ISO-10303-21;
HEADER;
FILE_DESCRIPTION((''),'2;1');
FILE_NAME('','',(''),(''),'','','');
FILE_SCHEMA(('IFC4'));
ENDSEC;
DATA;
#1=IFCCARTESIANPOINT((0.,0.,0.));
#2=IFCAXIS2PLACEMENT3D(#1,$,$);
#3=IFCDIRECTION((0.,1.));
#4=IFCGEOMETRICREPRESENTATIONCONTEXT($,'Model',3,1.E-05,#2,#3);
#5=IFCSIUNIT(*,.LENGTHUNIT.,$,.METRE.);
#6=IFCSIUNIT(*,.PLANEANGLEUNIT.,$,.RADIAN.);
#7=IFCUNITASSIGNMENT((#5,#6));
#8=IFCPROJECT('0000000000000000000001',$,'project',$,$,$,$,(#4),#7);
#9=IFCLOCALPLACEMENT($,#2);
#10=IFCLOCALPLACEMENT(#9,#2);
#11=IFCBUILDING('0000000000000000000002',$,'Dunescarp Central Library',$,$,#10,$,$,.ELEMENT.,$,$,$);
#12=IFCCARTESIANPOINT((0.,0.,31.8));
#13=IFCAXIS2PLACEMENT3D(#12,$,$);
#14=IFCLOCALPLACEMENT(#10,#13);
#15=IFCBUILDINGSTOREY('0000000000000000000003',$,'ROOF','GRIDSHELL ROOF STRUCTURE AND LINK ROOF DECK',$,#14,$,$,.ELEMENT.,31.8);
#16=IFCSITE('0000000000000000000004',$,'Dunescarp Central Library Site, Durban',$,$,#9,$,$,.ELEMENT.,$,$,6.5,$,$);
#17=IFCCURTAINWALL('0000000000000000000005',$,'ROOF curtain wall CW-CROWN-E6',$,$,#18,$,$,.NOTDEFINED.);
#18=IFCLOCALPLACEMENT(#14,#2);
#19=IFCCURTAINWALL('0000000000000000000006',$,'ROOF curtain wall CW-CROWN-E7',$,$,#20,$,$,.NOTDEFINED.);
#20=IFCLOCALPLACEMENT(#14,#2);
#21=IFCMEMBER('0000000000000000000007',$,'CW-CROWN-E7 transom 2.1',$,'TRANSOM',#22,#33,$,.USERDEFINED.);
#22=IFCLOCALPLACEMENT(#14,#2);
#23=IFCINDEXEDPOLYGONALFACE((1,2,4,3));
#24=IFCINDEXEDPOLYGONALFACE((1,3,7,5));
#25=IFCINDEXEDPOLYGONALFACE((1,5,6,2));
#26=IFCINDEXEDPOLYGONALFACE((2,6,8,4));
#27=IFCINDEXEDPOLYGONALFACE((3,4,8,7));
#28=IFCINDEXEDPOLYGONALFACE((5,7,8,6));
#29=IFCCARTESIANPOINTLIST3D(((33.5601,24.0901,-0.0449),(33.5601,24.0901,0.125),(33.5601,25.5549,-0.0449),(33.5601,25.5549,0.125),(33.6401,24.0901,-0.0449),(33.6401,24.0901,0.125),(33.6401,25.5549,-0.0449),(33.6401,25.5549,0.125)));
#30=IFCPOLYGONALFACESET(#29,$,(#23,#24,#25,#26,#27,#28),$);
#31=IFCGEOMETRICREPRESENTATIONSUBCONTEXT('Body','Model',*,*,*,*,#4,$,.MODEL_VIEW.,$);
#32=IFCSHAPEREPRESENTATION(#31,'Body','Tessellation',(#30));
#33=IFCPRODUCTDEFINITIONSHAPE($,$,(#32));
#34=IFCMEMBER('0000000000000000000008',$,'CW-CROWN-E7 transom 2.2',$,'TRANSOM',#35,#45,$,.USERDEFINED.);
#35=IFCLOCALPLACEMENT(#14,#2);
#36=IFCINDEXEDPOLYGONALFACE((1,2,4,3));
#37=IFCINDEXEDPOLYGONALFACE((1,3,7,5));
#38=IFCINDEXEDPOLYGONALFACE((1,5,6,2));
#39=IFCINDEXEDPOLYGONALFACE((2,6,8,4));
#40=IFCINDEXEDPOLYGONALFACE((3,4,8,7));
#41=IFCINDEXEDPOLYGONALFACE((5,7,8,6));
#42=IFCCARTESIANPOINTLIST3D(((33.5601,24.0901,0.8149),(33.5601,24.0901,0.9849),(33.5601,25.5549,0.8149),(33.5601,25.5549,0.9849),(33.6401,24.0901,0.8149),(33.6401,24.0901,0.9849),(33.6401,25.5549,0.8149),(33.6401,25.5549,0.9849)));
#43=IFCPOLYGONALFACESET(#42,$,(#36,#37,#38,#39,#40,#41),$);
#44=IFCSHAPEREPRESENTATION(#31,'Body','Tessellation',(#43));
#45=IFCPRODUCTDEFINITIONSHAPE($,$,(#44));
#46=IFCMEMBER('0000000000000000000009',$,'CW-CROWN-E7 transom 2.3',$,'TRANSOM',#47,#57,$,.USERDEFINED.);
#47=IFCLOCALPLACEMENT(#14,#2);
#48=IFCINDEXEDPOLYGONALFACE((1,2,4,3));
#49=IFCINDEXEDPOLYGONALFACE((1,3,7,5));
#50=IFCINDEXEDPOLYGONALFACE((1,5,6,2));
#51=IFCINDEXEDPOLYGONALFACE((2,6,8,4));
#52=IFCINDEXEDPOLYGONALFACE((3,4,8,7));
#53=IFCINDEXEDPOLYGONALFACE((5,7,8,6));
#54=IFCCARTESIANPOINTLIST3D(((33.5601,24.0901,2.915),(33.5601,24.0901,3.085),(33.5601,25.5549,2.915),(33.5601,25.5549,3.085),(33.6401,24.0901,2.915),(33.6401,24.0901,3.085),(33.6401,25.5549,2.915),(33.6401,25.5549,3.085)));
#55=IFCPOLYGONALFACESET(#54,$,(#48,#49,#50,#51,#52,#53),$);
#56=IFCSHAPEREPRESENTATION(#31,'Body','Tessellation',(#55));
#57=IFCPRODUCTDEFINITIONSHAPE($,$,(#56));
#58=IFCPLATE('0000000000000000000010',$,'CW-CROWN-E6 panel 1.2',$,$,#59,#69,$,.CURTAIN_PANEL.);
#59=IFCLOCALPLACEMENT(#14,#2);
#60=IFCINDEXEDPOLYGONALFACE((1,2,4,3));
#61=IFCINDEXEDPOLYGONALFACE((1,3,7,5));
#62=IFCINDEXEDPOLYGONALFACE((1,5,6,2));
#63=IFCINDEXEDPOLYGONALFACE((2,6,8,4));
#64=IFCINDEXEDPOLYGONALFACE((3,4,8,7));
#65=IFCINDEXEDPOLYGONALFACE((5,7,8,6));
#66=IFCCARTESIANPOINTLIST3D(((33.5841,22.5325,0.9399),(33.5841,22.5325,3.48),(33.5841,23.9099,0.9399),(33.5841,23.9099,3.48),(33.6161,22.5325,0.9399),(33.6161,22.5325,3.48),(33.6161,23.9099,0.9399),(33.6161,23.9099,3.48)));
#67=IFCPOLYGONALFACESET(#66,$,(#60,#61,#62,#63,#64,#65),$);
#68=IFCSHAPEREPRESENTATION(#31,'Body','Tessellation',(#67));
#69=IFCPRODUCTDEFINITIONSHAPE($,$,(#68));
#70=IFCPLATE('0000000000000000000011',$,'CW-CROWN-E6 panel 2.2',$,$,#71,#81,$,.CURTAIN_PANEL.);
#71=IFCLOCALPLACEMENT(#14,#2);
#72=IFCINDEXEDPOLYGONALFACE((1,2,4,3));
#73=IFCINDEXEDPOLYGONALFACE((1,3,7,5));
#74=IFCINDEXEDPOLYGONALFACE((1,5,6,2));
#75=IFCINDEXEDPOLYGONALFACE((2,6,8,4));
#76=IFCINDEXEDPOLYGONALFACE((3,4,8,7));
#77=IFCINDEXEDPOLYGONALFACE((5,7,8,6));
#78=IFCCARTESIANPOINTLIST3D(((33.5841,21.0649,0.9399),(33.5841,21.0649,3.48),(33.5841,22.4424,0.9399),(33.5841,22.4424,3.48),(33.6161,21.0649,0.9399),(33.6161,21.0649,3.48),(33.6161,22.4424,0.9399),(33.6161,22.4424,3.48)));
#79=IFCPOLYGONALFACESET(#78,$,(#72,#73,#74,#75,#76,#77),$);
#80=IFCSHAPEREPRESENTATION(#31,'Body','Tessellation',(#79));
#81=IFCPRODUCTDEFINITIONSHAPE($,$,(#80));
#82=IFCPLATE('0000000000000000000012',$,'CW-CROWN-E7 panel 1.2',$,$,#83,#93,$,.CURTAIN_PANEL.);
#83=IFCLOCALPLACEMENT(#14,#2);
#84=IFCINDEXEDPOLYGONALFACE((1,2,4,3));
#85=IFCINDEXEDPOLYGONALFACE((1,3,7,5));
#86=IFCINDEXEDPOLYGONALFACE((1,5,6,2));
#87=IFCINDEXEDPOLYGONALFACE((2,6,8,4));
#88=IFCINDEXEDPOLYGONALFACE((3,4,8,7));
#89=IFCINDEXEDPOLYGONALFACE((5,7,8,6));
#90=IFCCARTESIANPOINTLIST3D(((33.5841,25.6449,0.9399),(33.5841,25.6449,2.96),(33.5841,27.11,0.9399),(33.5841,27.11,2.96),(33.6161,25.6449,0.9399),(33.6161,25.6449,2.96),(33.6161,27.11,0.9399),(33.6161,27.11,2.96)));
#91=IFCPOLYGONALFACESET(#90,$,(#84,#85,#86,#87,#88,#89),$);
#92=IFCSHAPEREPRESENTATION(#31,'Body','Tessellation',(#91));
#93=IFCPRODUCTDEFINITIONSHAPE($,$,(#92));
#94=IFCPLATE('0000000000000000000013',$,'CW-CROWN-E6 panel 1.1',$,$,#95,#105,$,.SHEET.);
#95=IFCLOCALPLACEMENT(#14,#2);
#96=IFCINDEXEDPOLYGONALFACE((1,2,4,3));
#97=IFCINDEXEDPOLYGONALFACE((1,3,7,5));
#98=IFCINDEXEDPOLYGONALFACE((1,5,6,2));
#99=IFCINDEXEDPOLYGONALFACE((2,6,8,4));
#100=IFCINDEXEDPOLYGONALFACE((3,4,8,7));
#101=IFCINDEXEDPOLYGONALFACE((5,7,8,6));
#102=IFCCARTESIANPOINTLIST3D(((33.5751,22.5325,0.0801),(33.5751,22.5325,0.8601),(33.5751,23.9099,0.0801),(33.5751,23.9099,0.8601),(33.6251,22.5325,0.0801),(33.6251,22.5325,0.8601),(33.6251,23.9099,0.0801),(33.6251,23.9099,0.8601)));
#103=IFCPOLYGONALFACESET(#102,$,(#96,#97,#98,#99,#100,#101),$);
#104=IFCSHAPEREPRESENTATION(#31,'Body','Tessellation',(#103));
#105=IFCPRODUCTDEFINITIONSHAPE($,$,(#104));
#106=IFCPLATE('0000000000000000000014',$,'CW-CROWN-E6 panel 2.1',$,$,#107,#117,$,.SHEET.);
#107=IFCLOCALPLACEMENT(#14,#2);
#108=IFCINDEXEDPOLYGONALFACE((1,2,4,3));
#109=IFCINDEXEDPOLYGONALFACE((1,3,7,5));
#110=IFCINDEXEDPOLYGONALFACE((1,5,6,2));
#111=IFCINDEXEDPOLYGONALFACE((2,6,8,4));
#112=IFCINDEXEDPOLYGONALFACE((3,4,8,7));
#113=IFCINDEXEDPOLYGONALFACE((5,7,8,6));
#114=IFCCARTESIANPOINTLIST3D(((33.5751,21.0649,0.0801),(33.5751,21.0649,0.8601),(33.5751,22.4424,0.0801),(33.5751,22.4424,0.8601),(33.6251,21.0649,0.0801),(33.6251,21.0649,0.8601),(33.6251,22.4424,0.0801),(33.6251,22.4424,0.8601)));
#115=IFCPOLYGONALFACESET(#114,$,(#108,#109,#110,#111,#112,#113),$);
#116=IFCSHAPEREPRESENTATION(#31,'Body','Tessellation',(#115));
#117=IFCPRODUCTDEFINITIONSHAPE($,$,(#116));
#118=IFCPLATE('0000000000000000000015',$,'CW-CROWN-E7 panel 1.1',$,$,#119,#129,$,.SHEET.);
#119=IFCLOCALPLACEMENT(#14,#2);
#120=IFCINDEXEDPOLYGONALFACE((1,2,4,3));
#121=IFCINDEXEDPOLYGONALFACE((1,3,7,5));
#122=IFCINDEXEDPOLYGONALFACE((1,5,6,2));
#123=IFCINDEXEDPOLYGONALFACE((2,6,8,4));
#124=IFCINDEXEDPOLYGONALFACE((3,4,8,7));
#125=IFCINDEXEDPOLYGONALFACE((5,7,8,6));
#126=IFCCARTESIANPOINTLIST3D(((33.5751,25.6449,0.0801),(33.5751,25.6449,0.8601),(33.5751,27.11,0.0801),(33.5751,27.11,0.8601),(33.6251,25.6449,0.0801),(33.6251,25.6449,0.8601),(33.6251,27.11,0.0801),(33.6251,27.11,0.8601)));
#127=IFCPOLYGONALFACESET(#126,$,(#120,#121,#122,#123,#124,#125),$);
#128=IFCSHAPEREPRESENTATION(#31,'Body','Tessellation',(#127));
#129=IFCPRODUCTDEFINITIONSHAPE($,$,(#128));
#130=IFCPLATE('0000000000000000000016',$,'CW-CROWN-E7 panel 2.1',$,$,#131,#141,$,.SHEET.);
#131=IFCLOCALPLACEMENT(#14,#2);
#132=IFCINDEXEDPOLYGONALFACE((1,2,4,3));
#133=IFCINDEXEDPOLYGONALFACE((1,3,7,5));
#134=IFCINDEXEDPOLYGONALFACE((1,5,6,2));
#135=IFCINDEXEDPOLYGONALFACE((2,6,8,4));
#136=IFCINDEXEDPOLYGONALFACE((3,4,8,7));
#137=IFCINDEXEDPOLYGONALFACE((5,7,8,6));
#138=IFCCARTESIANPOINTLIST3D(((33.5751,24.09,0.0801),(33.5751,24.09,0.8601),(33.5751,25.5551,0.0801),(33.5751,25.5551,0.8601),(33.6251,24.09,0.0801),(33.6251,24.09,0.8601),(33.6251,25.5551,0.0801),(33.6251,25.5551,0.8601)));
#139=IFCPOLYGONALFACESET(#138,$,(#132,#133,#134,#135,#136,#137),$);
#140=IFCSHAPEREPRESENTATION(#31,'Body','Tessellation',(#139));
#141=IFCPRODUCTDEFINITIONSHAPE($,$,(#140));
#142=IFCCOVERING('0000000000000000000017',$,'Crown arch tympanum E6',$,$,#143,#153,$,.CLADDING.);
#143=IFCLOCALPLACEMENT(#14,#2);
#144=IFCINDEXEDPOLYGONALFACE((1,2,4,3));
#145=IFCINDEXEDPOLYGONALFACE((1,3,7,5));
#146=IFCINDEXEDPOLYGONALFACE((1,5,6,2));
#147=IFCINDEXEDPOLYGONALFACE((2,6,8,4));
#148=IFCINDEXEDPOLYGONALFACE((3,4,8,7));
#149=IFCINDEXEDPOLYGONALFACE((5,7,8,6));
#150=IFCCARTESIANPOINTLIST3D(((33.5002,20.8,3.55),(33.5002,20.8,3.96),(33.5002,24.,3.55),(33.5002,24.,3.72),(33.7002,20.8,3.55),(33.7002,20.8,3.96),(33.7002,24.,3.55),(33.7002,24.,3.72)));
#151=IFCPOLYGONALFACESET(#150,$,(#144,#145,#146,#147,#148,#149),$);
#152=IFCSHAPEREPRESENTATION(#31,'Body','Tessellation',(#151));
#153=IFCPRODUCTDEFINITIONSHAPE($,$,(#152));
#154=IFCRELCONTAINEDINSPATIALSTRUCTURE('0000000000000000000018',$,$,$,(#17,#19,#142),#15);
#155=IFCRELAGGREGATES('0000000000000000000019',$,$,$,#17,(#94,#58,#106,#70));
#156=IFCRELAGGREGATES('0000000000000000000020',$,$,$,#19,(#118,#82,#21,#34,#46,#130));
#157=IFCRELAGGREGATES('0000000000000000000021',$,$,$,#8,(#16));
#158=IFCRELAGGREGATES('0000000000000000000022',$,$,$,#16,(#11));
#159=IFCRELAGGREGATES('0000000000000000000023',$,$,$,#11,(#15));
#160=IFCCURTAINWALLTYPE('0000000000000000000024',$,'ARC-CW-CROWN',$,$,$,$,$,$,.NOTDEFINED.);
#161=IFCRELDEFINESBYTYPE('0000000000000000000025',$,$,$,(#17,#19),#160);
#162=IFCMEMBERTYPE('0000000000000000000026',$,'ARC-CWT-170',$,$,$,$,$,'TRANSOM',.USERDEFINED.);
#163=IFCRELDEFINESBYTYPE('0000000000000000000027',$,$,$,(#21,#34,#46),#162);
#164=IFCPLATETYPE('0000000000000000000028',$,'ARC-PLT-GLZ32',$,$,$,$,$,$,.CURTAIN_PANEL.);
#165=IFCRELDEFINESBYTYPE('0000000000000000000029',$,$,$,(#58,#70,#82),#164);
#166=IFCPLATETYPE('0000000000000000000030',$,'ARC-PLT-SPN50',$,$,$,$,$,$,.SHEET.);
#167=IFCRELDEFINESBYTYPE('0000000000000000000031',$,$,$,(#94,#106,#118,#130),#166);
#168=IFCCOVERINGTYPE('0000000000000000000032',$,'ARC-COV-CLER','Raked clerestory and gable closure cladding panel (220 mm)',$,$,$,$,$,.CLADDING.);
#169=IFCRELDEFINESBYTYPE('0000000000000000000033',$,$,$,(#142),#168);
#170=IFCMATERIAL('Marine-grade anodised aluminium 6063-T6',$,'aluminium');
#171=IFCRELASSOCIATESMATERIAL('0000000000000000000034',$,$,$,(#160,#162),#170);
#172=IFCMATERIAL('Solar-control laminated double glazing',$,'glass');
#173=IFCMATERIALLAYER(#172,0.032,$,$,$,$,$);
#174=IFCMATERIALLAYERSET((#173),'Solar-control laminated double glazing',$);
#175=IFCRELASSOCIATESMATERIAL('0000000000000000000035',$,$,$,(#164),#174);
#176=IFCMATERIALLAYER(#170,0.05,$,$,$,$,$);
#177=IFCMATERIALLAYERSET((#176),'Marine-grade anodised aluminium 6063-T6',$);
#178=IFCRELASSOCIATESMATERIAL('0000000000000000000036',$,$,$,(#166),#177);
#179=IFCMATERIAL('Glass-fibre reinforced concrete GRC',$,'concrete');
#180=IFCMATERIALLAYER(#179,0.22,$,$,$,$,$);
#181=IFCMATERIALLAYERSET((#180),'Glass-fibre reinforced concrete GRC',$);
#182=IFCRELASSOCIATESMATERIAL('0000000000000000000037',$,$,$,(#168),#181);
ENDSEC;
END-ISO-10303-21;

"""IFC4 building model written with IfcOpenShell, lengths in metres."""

from ifc_helpers import new_model, si_unit, direction, frame, origin, origin_2d, place, context, subcontext, project, spatial, polyline, rectangle, outline, extrude, material, layer, layer_set, material_profile, profile_set, type_object, element, aggregate, save


model = new_model("IFC4")

# Units and contexts
model_context = context("Model", 3, precision=1e-05, world=origin(), true_north=direction((0.0, 1.0)))
body_context = subcontext(model_context, "Body", "Model", "MODEL_VIEW")
ifc_project = project(units=[si_unit("LENGTHUNIT", "METRE"), si_unit("PLANEANGLEUNIT", "RADIAN")], contexts=[model_context])

# Site, building, storey
site_placement = place(None, origin())
site = spatial("IfcSite", under=ifc_project, at=site_placement, Name="Dunescarp Central Library Site, Durban", CompositionType="ELEMENT", RefElevation=6.5)
building_placement = place(site_placement, origin())
building = spatial("IfcBuilding", under=site, at=building_placement, Name="Dunescarp Central Library", CompositionType="ELEMENT")
storey_placement = place(building_placement, frame((0.0, 0.0, 31.8)))
storey = spatial("IfcBuildingStorey", under=building, at=storey_placement, Name="ROOF", Description="GRIDSHELL ROOF STRUCTURE AND LINK ROOF DECK", CompositionType="ELEMENT", Elevation=31.8)

# Curtain walls
ifc_material_1 = material(Name="Marine-grade anodised aluminium 6063-T6", Category="aluminium")
curtain_wall_type = type_object("IfcCurtainWallType", Name="ARC-CW-CROWN", PredefinedType="NOTDEFINED", material=ifc_material_1)
curtain_wall_1_placement = place(storey_placement, origin())
curtain_wall_1 = element("IfcCurtainWall", 1, at=curtain_wall_1_placement, inside=storey, type_object=curtain_wall_type, Name="ROOF curtain wall CW-CROWN-E6", PredefinedType="NOTDEFINED")
curtain_wall_2_placement = place(storey_placement, origin())
curtain_wall_2 = element("IfcCurtainWall", 2, at=curtain_wall_2_placement, inside=storey, type_object=curtain_wall_type, Name="ROOF curtain wall CW-CROWN-E7", PredefinedType="NOTDEFINED")

# Members
ifc_material_profile_1 = material_profile(ifc_material_1, rectangle(XDim=0.0801, YDim=0.1699, at=origin_2d()), Name="AL 80x170")
ifc_profile_set_1 = profile_set([ifc_material_profile_1], Name="Marine-grade anodised aluminium 6063-T6")
member_type_1 = type_object("IfcMemberType", Name="ARC-CWT-170", ElementType="TRANSOM", PredefinedType="USERDEFINED", material=ifc_profile_set_1)
member_1_placement = place(storey_placement, frame((33.6001, 25.5549, 0.04), z_axis=(0.0, -1.0, 0.0), x_axis=(1.0, 0.0, 0.0)))
member_1 = element("IfcMember", 3, at=member_1_placement, type_object=member_type_1, Name="CW-CROWN-E7 transom 2.1", ObjectType="TRANSOM", PredefinedType="USERDEFINED", context=body_context, shape_type="SweptSolid", body=[
    extrude(rectangle(XDim=0.0801, YDim=0.1699, at=origin_2d()), origin(), (0.0, 0.0, 1.0), 1.4648),
])
member_2_placement = place(storey_placement, frame((33.6001, 25.5549, 0.8999), z_axis=(0.0, -1.0, 0.0), x_axis=(1.0, 0.0, 0.0)))
member_2 = element("IfcMember", 4, at=member_2_placement, type_object=member_type_1, Name="CW-CROWN-E7 transom 2.2", ObjectType="TRANSOM", PredefinedType="USERDEFINED", context=body_context, shape_type="SweptSolid", body=[
    extrude(rectangle(XDim=0.0801, YDim=0.1699, at=origin_2d()), origin(), (0.0, 0.0, 1.0), 1.4648),
])
member_3_placement = place(storey_placement, frame((33.6001, 25.5549, 3.0), z_axis=(0.0, -1.0, 0.0), x_axis=(1.0, 0.0, 0.0)))
member_3 = element("IfcMember", 5, at=member_3_placement, type_object=member_type_1, Name="CW-CROWN-E7 transom 2.3", ObjectType="TRANSOM", PredefinedType="USERDEFINED", context=body_context, shape_type="SweptSolid", body=[
    extrude(rectangle(XDim=0.0801, YDim=0.1699, at=origin_2d()), origin(), (0.0, 0.0, 1.0), 1.4648),
])

# Plates
ifc_material_2 = material(Name="Solar-control laminated double glazing", Category="glass")
ifc_layer_1 = layer(ifc_material_2, 0.032)
ifc_layer_set_1 = layer_set([ifc_layer_1], Name="Solar-control laminated double glazing")
plate_type_1 = type_object("IfcPlateType", Name="ARC-PLT-GLZ32", PredefinedType="CURTAIN_PANEL", material=ifc_layer_set_1)
plate_1_placement = place(storey_placement, frame((33.6001, 23.2212, 0.9399), z_axis=(0.0, 0.0, 1.0), x_axis=(0.0, -1.0, 0.0)))
plate_1 = element("IfcPlate", 6, at=plate_1_placement, type_object=plate_type_1, Name="CW-CROWN-E6 panel 1.2", PredefinedType="CURTAIN_PANEL", context=body_context, shape_type="SweptSolid", body=[
    extrude(rectangle(XDim=1.3774, YDim=0.032, at=origin_2d()), origin(), (0.0, 0.0, 1.0), 2.54),
])
plate_2_placement = place(storey_placement, frame((33.6001, 21.7537, 0.9399), z_axis=(0.0, 0.0, 1.0), x_axis=(0.0, -1.0, 0.0)))
plate_2 = element("IfcPlate", 7, at=plate_2_placement, type_object=plate_type_1, Name="CW-CROWN-E6 panel 2.2", PredefinedType="CURTAIN_PANEL", context=body_context, shape_type="SweptSolid", body=[
    extrude(rectangle(XDim=1.3774, YDim=0.032, at=origin_2d()), origin(), (0.0, 0.0, 1.0), 2.54),
])
plate_3_placement = place(storey_placement, frame((33.6001, 26.3774, 0.9399), z_axis=(0.0, 0.0, 1.0), x_axis=(0.0, -1.0, 0.0)))
plate_3 = element("IfcPlate", 8, at=plate_3_placement, type_object=plate_type_1, Name="CW-CROWN-E7 panel 1.2", PredefinedType="CURTAIN_PANEL", context=body_context, shape_type="SweptSolid", body=[
    extrude(rectangle(XDim=1.4651, YDim=0.032, at=origin_2d()), origin(), (0.0, 0.0, 1.0), 2.02),
])
ifc_layer_2 = layer(ifc_material_1, 0.05)
ifc_layer_set_2 = layer_set([ifc_layer_2], Name="Marine-grade anodised aluminium 6063-T6")
plate_type_2 = type_object("IfcPlateType", Name="ARC-PLT-SPN50", PredefinedType="SHEET", material=ifc_layer_set_2)
plate_4_placement = place(storey_placement, frame((33.6001, 23.2212, 0.0801), z_axis=(0.0, 0.0, 1.0), x_axis=(0.0, -1.0, 0.0)))
plate_4 = element("IfcPlate", 9, at=plate_4_placement, type_object=plate_type_2, Name="CW-CROWN-E6 panel 1.1", PredefinedType="SHEET", context=body_context, shape_type="SweptSolid", body=[
    extrude(rectangle(XDim=1.3774, YDim=0.05, at=origin_2d()), origin(), (0.0, 0.0, 1.0), 0.78),
])
plate_5_placement = place(storey_placement, frame((33.6001, 21.7537, 0.0801), z_axis=(0.0, 0.0, 1.0), x_axis=(0.0, -1.0, 0.0)))
plate_5 = element("IfcPlate", 10, at=plate_5_placement, type_object=plate_type_2, Name="CW-CROWN-E6 panel 2.1", PredefinedType="SHEET", context=body_context, shape_type="SweptSolid", body=[
    extrude(rectangle(XDim=1.3774, YDim=0.05, at=origin_2d()), origin(), (0.0, 0.0, 1.0), 0.78),
])
aggregate(curtain_wall_1, [plate_4, plate_1, plate_5, plate_2])
plate_6_placement = place(storey_placement, frame((33.6001, 26.3774, 0.0801), z_axis=(0.0, 0.0, 1.0), x_axis=(0.0, -1.0, 0.0)))
plate_6 = element("IfcPlate", 11, at=plate_6_placement, type_object=plate_type_2, Name="CW-CROWN-E7 panel 1.1", PredefinedType="SHEET", context=body_context, shape_type="SweptSolid", body=[
    extrude(rectangle(XDim=1.4651, YDim=0.05, at=origin_2d()), origin(), (0.0, 0.0, 1.0), 0.78),
])
plate_7_placement = place(storey_placement, frame((33.6001, 24.8225, 0.0801), z_axis=(0.0, 0.0, 1.0), x_axis=(0.0, -1.0, 0.0)))
plate_7 = element("IfcPlate", 12, at=plate_7_placement, type_object=plate_type_2, Name="CW-CROWN-E7 panel 2.1", PredefinedType="SHEET", context=body_context, shape_type="SweptSolid", body=[
    extrude(rectangle(XDim=1.4651, YDim=0.05, at=origin_2d()), origin(), (0.0, 0.0, 1.0), 0.78),
])
aggregate(curtain_wall_2, [plate_6, plate_3, member_1, member_2, member_3, plate_7])

# Covering
ifc_material_3 = material(Name="Glass-fibre reinforced concrete GRC", Category="concrete")
ifc_layer_3 = layer(ifc_material_3, 0.22)
ifc_layer_set_3 = layer_set([ifc_layer_3], Name="Glass-fibre reinforced concrete GRC")
covering_type = type_object("IfcCoveringType", Name="ARC-COV-CLER", Description="Raked clerestory and gable closure cladding panel (220 mm)", PredefinedType="CLADDING", material=ifc_layer_set_3)
covering_placement = place(storey_placement, frame((33.6001, 24.0, 3.55), z_axis=(0.0, 0.0, 1.0), x_axis=(0.0, -1.0, 0.0)))
element("IfcCovering", 13, at=covering_placement, inside=storey, type_object=covering_type, Name="Crown arch tympanum E6", PredefinedType="CLADDING", context=body_context, shape_type="SweptSolid", body=[
    extrude(outline(polyline([(0.0, 0.0), (3.2, 0.0), (3.2, 0.4099), (0.0, 0.1699), (0.0, 0.0)])), frame((0.0, 0.1001, 0.0), z_axis=(0.0, -1.0, 0.0), x_axis=(1.0, 0.0, 0.0)), (0.0, 0.0, 1.0), 0.2),
])

save(model, "model.ifc")
